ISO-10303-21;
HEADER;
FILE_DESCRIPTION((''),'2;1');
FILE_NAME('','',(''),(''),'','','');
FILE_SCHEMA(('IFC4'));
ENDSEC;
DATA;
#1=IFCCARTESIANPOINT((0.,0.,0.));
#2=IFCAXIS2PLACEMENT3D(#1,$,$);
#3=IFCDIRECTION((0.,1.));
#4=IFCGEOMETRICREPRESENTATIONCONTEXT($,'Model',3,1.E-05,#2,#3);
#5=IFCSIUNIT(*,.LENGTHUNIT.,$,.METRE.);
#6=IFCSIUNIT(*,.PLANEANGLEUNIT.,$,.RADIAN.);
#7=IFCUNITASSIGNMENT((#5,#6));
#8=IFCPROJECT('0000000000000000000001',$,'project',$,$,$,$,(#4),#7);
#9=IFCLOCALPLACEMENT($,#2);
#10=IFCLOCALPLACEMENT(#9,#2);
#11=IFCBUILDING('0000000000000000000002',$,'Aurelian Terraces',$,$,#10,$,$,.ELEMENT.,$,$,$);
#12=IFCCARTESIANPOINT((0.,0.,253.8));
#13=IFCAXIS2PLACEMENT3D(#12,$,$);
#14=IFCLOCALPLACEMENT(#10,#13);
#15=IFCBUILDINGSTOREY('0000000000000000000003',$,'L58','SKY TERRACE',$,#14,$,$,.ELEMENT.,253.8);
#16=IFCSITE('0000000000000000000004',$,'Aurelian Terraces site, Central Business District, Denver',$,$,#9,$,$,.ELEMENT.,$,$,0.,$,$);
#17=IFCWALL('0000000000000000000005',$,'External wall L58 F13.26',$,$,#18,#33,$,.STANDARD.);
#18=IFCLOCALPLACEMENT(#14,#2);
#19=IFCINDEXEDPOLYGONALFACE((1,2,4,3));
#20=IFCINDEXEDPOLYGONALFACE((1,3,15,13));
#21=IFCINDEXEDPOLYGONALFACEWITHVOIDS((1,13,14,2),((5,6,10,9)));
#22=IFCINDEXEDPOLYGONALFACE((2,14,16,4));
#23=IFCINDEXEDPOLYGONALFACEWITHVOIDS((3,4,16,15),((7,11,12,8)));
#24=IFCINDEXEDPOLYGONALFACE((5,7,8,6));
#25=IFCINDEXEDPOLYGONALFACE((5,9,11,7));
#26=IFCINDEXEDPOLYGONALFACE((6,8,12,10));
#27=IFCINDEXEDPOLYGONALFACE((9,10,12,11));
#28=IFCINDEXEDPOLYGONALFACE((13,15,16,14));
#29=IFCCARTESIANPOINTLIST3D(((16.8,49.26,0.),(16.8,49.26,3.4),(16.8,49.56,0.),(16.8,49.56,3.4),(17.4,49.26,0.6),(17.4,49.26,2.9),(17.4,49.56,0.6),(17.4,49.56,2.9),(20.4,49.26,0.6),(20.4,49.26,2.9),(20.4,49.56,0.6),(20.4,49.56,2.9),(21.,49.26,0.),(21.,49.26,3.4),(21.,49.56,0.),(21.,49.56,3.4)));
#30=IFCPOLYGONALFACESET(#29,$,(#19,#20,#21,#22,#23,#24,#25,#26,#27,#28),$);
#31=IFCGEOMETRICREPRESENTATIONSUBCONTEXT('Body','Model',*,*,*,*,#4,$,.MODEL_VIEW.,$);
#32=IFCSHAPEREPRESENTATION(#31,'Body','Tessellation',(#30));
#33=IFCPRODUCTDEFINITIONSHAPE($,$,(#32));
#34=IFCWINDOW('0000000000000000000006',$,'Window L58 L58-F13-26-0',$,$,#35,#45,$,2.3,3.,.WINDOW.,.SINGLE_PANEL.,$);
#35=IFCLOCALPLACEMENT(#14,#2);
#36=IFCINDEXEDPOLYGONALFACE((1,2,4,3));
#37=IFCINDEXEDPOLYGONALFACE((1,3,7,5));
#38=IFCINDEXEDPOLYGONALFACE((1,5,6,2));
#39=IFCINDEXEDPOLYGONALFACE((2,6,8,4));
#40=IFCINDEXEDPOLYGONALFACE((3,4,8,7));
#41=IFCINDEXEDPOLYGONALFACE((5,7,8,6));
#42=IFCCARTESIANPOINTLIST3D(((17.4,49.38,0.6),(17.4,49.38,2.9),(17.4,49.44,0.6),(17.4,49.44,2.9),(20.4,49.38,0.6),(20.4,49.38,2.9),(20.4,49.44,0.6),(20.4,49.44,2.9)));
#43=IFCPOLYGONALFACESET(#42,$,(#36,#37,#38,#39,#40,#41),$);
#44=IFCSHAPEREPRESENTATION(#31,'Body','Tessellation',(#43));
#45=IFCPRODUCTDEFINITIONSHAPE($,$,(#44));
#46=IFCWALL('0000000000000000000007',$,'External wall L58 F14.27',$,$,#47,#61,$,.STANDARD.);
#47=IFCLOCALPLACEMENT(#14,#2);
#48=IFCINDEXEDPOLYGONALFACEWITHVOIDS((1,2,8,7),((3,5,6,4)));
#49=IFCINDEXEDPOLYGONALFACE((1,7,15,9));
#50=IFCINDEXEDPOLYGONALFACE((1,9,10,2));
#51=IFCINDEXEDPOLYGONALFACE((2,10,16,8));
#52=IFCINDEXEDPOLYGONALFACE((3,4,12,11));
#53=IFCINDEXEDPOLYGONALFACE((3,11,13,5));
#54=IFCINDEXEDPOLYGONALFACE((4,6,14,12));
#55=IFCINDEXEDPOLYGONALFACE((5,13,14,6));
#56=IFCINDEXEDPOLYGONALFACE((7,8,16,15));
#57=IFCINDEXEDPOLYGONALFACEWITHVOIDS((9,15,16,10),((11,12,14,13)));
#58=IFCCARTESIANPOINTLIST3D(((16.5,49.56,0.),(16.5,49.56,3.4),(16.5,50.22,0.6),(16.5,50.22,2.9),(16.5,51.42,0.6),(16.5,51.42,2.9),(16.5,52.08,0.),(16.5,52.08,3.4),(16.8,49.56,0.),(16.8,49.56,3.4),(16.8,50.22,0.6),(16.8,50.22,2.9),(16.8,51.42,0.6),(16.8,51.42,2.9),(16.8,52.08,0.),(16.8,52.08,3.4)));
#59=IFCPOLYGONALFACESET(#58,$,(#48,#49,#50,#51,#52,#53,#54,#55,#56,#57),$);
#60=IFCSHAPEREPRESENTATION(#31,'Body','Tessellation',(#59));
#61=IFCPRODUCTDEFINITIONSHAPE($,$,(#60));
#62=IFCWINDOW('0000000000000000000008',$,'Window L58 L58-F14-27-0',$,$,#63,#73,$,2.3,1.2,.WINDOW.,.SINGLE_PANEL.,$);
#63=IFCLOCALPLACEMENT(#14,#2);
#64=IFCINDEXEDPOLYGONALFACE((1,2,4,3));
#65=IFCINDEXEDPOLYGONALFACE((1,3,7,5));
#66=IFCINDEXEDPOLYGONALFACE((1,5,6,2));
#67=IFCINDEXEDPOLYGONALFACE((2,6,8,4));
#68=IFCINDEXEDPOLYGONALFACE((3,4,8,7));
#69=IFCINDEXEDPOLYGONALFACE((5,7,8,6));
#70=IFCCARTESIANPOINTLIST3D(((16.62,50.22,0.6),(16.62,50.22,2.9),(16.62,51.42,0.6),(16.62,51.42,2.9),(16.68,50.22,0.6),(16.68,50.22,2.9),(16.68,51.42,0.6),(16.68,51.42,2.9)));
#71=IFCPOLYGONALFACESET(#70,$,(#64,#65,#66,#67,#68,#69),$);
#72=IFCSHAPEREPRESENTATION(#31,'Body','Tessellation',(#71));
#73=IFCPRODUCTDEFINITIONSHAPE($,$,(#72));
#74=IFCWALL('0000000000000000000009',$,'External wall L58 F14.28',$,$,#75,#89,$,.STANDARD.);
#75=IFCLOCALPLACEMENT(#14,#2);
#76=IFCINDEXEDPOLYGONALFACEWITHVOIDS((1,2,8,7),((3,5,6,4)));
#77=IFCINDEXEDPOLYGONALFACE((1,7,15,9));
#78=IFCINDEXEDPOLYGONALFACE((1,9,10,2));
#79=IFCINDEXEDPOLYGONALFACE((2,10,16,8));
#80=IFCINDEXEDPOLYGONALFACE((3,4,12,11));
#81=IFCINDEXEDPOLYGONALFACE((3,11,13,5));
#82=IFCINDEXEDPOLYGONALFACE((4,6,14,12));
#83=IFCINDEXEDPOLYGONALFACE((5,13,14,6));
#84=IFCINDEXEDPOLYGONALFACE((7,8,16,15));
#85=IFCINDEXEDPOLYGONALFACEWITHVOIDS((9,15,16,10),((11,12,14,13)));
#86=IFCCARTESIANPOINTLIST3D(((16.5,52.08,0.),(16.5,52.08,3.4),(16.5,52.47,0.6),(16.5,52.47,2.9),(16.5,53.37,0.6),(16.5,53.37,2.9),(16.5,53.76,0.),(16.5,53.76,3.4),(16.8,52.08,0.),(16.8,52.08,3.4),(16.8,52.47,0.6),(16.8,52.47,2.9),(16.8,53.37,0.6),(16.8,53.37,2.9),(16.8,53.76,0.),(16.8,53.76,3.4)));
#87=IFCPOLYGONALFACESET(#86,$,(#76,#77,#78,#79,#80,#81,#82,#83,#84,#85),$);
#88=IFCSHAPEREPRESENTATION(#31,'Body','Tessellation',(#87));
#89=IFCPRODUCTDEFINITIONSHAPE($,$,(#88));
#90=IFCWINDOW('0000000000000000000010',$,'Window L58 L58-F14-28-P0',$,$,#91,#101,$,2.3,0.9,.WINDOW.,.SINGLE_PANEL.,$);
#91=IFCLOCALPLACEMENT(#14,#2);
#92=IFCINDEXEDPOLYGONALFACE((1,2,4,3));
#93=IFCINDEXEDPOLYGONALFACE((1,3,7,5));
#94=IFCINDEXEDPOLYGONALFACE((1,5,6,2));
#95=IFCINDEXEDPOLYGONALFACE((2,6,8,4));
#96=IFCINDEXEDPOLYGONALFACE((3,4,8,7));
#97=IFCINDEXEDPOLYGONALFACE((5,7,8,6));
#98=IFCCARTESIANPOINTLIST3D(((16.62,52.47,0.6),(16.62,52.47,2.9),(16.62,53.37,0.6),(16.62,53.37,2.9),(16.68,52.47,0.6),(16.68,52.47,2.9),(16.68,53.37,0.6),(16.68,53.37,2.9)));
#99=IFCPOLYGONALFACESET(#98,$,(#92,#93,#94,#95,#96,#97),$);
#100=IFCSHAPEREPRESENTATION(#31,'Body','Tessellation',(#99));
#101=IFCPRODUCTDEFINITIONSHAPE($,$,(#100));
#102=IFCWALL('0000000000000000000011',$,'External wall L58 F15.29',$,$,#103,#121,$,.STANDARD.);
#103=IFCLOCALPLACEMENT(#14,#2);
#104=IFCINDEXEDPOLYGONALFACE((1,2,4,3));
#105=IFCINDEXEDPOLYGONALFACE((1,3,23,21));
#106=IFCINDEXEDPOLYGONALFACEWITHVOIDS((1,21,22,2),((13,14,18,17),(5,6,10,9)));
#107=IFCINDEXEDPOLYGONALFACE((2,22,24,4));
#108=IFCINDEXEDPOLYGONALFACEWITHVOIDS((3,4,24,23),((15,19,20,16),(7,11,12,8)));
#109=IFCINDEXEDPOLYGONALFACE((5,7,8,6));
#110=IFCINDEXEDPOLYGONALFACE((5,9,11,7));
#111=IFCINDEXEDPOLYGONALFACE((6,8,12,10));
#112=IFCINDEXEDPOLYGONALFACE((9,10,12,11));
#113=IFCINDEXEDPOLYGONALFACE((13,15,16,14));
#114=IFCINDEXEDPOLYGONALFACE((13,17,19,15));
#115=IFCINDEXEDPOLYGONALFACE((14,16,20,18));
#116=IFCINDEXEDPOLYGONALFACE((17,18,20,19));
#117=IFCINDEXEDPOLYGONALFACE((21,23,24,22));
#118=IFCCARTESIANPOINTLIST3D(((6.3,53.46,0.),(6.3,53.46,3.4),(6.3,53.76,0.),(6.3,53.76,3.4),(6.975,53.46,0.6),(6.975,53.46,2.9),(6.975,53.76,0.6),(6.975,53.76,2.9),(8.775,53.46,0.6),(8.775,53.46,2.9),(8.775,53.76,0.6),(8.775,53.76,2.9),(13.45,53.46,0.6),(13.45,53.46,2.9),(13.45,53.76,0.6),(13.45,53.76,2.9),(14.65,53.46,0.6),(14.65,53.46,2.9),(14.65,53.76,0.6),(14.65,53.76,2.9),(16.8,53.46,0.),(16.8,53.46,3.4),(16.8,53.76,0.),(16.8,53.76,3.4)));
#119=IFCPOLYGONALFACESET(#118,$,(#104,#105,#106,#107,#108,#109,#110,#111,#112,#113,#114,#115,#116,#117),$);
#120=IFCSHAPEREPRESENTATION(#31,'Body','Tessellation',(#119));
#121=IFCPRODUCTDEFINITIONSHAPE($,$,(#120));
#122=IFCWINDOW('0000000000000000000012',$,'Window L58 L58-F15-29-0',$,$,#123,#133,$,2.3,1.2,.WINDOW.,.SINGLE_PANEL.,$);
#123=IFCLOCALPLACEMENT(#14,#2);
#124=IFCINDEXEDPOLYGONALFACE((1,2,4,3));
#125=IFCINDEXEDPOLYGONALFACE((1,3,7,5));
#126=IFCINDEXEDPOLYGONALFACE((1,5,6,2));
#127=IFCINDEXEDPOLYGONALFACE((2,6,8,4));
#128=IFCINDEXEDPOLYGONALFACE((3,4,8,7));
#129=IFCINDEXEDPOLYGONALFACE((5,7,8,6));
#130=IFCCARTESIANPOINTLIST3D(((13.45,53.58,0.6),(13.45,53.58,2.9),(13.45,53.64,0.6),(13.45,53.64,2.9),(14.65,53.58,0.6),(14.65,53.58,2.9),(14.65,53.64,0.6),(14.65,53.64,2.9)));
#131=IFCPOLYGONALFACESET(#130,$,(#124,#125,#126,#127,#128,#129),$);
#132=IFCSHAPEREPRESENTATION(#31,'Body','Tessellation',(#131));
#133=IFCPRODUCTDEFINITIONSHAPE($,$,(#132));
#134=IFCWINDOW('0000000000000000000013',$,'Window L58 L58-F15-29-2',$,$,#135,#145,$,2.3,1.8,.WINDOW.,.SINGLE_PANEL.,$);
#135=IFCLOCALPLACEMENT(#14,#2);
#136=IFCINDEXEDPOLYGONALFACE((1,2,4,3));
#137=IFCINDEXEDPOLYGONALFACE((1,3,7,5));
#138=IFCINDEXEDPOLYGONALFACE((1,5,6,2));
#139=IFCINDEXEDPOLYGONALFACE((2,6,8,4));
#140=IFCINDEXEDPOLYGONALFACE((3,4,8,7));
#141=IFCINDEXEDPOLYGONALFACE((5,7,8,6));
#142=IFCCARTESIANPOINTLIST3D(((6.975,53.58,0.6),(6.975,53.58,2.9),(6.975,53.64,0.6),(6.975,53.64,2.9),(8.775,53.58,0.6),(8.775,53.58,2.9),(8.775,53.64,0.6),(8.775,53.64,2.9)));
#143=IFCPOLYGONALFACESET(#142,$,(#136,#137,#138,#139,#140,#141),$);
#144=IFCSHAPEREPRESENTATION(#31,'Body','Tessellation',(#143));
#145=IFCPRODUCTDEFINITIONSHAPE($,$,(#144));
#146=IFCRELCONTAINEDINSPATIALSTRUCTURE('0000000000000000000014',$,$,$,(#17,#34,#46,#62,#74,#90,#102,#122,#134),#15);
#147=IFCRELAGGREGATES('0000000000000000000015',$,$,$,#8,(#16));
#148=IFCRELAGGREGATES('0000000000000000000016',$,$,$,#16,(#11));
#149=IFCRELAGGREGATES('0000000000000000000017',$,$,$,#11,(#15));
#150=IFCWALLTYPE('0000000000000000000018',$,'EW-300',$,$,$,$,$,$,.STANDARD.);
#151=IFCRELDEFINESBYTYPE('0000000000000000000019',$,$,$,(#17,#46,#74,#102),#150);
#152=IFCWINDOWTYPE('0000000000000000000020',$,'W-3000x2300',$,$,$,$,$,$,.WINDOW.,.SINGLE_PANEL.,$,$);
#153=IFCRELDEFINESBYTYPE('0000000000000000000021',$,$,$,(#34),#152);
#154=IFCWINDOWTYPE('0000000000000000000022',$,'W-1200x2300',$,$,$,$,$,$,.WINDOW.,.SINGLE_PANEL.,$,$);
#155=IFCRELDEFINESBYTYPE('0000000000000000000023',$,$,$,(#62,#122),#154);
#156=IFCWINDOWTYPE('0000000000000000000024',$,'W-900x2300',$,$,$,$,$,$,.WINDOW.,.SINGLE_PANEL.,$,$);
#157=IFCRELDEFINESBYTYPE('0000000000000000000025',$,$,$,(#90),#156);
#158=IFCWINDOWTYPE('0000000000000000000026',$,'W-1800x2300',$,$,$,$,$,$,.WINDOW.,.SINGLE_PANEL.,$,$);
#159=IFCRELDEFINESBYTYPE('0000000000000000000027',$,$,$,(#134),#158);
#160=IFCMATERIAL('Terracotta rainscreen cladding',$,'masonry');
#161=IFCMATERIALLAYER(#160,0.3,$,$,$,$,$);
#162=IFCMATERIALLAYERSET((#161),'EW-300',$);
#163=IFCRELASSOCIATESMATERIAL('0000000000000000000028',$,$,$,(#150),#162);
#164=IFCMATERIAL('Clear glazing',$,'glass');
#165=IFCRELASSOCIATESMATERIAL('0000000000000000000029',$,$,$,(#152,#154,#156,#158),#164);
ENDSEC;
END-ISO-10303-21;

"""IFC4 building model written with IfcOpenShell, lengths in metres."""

from ifc_helpers import new_model, si_unit, direction, frame, frame_2d, origin, place, context, subcontext, project, spatial, rectangle, extrude, source, transform, mapped, material, layer, layer_set, type_object, element, fill, save


model = new_model("IFC4")

# Units and contexts
model_context = context("Model", 3, precision=1e-05, world=origin(), true_north=direction((0.0, 1.0)))
body_context = subcontext(model_context, "Body", "Model", "MODEL_VIEW")
ifc_project = project(units=[si_unit("LENGTHUNIT", "METRE"), si_unit("PLANEANGLEUNIT", "RADIAN")], contexts=[model_context])

# Site, building, storey
site_placement = place(None, origin())
site = spatial("IfcSite", under=ifc_project, at=site_placement, Name="Aurelian Terraces site, Central Business District, Denver", CompositionType="ELEMENT", RefElevation=0.0)
building_placement = place(site_placement, origin())
building = spatial("IfcBuilding", under=site, at=building_placement, Name="Aurelian Terraces", CompositionType="ELEMENT")
storey_placement = place(building_placement, frame((0.0, 0.0, 253.8)))
storey = spatial("IfcBuildingStorey", under=building, at=storey_placement, Name="L58", Description="SKY TERRACE", CompositionType="ELEMENT", Elevation=253.8)

# Walls, openings, windows
ifc_material_1 = material(Name="Terracotta rainscreen cladding", Category="masonry")
ifc_layer_1 = layer(ifc_material_1, 0.3)
ifc_layer_set_1 = layer_set([ifc_layer_1], Name="EW-300")
wall_type_1 = type_object("IfcWallType", Name="EW-300", PredefinedType="STANDARD", material=ifc_layer_set_1)
shared_shape_1 = source(origin(), body_context, "Body", "SweptSolid", [
    extrude(rectangle(XDim=4.2, YDim=0.3, at=frame_2d((2.1, 0.0))), origin(), (0.0, 0.0, 1.0), 3.4),
])
wall_1_placement = place(storey_placement, frame((21.0, 49.41, 0.0), z_axis=(0.0, 0.0, 1.0), x_axis=(-1.0, 0.0, 0.0)))
wall_1 = element("IfcWall", 1, at=wall_1_placement, inside=storey, type_object=wall_type_1, Name="External wall L58 F13.26", PredefinedType="STANDARD", context=body_context, shape_type="MappedRepresentation", body=[
    mapped(shared_shape_1, transform((0.0, 0.0, 0.0), scale=1.0)),
])
shared_shape_2 = source(origin(), body_context, "Body", "SweptSolid", [
    extrude(rectangle(XDim=3.0, YDim=2.3, at=frame_2d((1.5, 1.15))), frame((0.0, 0.16, 0.0), z_axis=(0.0, -1.0, 0.0), x_axis=(1.0, 0.0, 0.0)), (0.0, 0.0, 1.0), 0.32),
])
opening_1_placement = place(wall_1_placement, frame((0.6, 0.0, 0.6)))
opening_1 = element("IfcOpeningElement", 2, at=opening_1_placement, cuts=wall_1, PredefinedType="OPENING", context=body_context, shape_type="MappedRepresentation", body=[
    mapped(shared_shape_2, transform((0.0, 0.0, 0.0), scale=1.0)),
])
ifc_material_2 = material(Name="Clear glazing", Category="glass")
window_type_1 = type_object("IfcWindowType", Name="W-3000x2300", PartitioningType="SINGLE_PANEL", PredefinedType="WINDOW", material=ifc_material_2)
shared_shape_3 = source(origin(), body_context, "Body", "SweptSolid", [
    extrude(rectangle(XDim=3.0, YDim=2.3, at=frame_2d((1.5, 1.15))), frame((0.0, 0.03, 0.0), z_axis=(0.0, -1.0, 0.0), x_axis=(1.0, 0.0, 0.0)), (0.0, 0.0, 1.0), 0.06),
])
window_1_placement = place(opening_1_placement, origin())
window_1 = element("IfcWindow", 3, at=window_1_placement, inside=storey, type_object=window_type_1, Name="Window L58 L58-F13-26-0", OverallHeight=2.3, OverallWidth=3.0, PartitioningType="SINGLE_PANEL", PredefinedType="WINDOW", context=body_context, shape_type="MappedRepresentation", body=[
    mapped(shared_shape_3, transform((0.0, 0.0, 0.0), scale=1.0)),
])
fill(opening_1, window_1)
shared_shape_4 = source(origin(), body_context, "Body", "SweptSolid", [
    extrude(rectangle(XDim=2.52, YDim=0.3, at=frame_2d((1.26, 0.0))), origin(), (0.0, 0.0, 1.0), 3.4),
])
wall_2_placement = place(storey_placement, frame((16.65, 49.56, 0.0), z_axis=(0.0, 0.0, 1.0), x_axis=(0.0, 1.0, 0.0)))
wall_2 = element("IfcWall", 4, at=wall_2_placement, inside=storey, type_object=wall_type_1, Name="External wall L58 F14.27", PredefinedType="STANDARD", context=body_context, shape_type="MappedRepresentation", body=[
    mapped(shared_shape_4, transform((0.0, 0.0, 0.0), scale=1.0)),
])
shared_shape_5 = source(origin(), body_context, "Body", "SweptSolid", [
    extrude(rectangle(XDim=1.2, YDim=2.3, at=frame_2d((0.6, 1.15))), frame((0.0, 0.16, 0.0), z_axis=(0.0, -1.0, 0.0), x_axis=(1.0, 0.0, 0.0)), (0.0, 0.0, 1.0), 0.32),
])
opening_2_placement = place(wall_2_placement, frame((0.66, 0.0, 0.6)))
opening_2 = element("IfcOpeningElement", 5, at=opening_2_placement, cuts=wall_2, PredefinedType="OPENING", context=body_context, shape_type="MappedRepresentation", body=[
    mapped(shared_shape_5, transform((0.0, 0.0, 0.0), scale=1.0)),
])
window_type_2 = type_object("IfcWindowType", Name="W-1200x2300", PartitioningType="SINGLE_PANEL", PredefinedType="WINDOW", material=ifc_material_2)
shared_shape_6 = source(origin(), body_context, "Body", "SweptSolid", [
    extrude(rectangle(XDim=1.2, YDim=2.3, at=frame_2d((0.6, 1.15))), frame((0.0, 0.03, 0.0), z_axis=(0.0, -1.0, 0.0), x_axis=(1.0, 0.0, 0.0)), (0.0, 0.0, 1.0), 0.06),
])
window_2_placement = place(opening_2_placement, origin())
window_2 = element("IfcWindow", 6, at=window_2_placement, inside=storey, type_object=window_type_2, Name="Window L58 L58-F14-27-0", OverallHeight=2.3, OverallWidth=1.2, PartitioningType="SINGLE_PANEL", PredefinedType="WINDOW", context=body_context, shape_type="MappedRepresentation", body=[
    mapped(shared_shape_6, transform((0.0, 0.0, 0.0), scale=1.0)),
])
fill(opening_2, window_2)
shared_shape_7 = source(origin(), body_context, "Body", "SweptSolid", [
    extrude(rectangle(XDim=1.68, YDim=0.3, at=frame_2d((0.84, 0.0))), origin(), (0.0, 0.0, 1.0), 3.4),
])
wall_3_placement = place(storey_placement, frame((16.65, 52.08, 0.0), z_axis=(0.0, 0.0, 1.0), x_axis=(0.0, 1.0, 0.0)))
wall_3 = element("IfcWall", 7, at=wall_3_placement, inside=storey, type_object=wall_type_1, Name="External wall L58 F14.28", PredefinedType="STANDARD", context=body_context, shape_type="MappedRepresentation", body=[
    mapped(shared_shape_7, transform((0.0, 0.0, 0.0), scale=1.0)),
])
shared_shape_8 = source(origin(), body_context, "Body", "SweptSolid", [
    extrude(rectangle(XDim=0.9, YDim=2.3, at=frame_2d((0.45, 1.15))), frame((0.0, 0.16, 0.0), z_axis=(0.0, -1.0, 0.0), x_axis=(1.0, 0.0, 0.0)), (0.0, 0.0, 1.0), 0.32),
])
opening_3_placement = place(wall_3_placement, frame((0.39, 0.0, 0.6)))
opening_3 = element("IfcOpeningElement", 8, at=opening_3_placement, cuts=wall_3, PredefinedType="OPENING", context=body_context, shape_type="MappedRepresentation", body=[
    mapped(shared_shape_8, transform((0.0, 0.0, 0.0), scale=1.0)),
])
window_type_3 = type_object("IfcWindowType", Name="W-900x2300", PartitioningType="SINGLE_PANEL", PredefinedType="WINDOW", material=ifc_material_2)
shared_shape_9 = source(origin(), body_context, "Body", "SweptSolid", [
    extrude(rectangle(XDim=0.9, YDim=2.3, at=frame_2d((0.45, 1.15))), frame((0.0, 0.03, 0.0), z_axis=(0.0, -1.0, 0.0), x_axis=(1.0, 0.0, 0.0)), (0.0, 0.0, 1.0), 0.06),
])
window_3_placement = place(opening_3_placement, origin())
window_3 = element("IfcWindow", 9, at=window_3_placement, inside=storey, type_object=window_type_3, Name="Window L58 L58-F14-28-P0", OverallHeight=2.3, OverallWidth=0.9, PartitioningType="SINGLE_PANEL", PredefinedType="WINDOW", context=body_context, shape_type="MappedRepresentation", body=[
    mapped(shared_shape_9, transform((0.0, 0.0, 0.0), scale=1.0)),
])
fill(opening_3, window_3)

# Wall, openings, windows
shared_shape_10 = source(origin(), body_context, "Body", "SweptSolid", [
    extrude(rectangle(XDim=10.5, YDim=0.3, at=frame_2d((5.25, 0.0))), origin(), (0.0, 0.0, 1.0), 3.4),
])
wall_4_placement = place(storey_placement, frame((16.8, 53.61, 0.0), z_axis=(0.0, 0.0, 1.0), x_axis=(-1.0, 0.0, 0.0)))
wall_4 = element("IfcWall", 10, at=wall_4_placement, inside=storey, type_object=wall_type_1, Name="External wall L58 F15.29", PredefinedType="STANDARD", context=body_context, shape_type="MappedRepresentation", body=[
    mapped(shared_shape_10, transform((0.0, 0.0, 0.0), scale=1.0)),
])
opening_4_placement = place(wall_4_placement, frame((2.15, 0.0, 0.6)))
opening_4 = element("IfcOpeningElement", 11, at=opening_4_placement, cuts=wall_4, PredefinedType="OPENING", context=body_context, shape_type="MappedRepresentation", body=[
    mapped(shared_shape_5, transform((0.0, 0.0, 0.0), scale=1.0)),
])
shared_shape_11 = source(origin(), body_context, "Body", "SweptSolid", [
    extrude(rectangle(XDim=1.8, YDim=2.3, at=frame_2d((0.9, 1.15))), frame((0.0, 0.16, 0.0), z_axis=(0.0, -1.0, 0.0), x_axis=(1.0, 0.0, 0.0)), (0.0, 0.0, 1.0), 0.32),
])
opening_5_placement = place(wall_4_placement, frame((8.025, 0.0, 0.6)))
opening_5 = element("IfcOpeningElement", 12, at=opening_5_placement, cuts=wall_4, PredefinedType="OPENING", context=body_context, shape_type="MappedRepresentation", body=[
    mapped(shared_shape_11, transform((0.0, 0.0, 0.0), scale=1.0)),
])
window_4_placement = place(opening_4_placement, origin())
window_4 = element("IfcWindow", 13, at=window_4_placement, inside=storey, type_object=window_type_2, Name="Window L58 L58-F15-29-0", OverallHeight=2.3, OverallWidth=1.2, PartitioningType="SINGLE_PANEL", PredefinedType="WINDOW", context=body_context, shape_type="MappedRepresentation", body=[
    mapped(shared_shape_6, transform((0.0, 0.0, 0.0), scale=1.0)),
])
fill(opening_4, window_4)
window_type_4 = type_object("IfcWindowType", Name="W-1800x2300", PartitioningType="SINGLE_PANEL", PredefinedType="WINDOW", material=ifc_material_2)
shared_shape_12 = source(origin(), body_context, "Body", "SweptSolid", [
    extrude(rectangle(XDim=1.8, YDim=2.3, at=frame_2d((0.9, 1.15))), frame((0.0, 0.03, 0.0), z_axis=(0.0, -1.0, 0.0), x_axis=(1.0, 0.0, 0.0)), (0.0, 0.0, 1.0), 0.06),
])
window_5_placement = place(opening_5_placement, origin())
window_5 = element("IfcWindow", 14, at=window_5_placement, inside=storey, type_object=window_type_4, Name="Window L58 L58-F15-29-2", OverallHeight=2.3, OverallWidth=1.8, PartitioningType="SINGLE_PANEL", PredefinedType="WINDOW", context=body_context, shape_type="MappedRepresentation", body=[
    mapped(shared_shape_12, transform((0.0, 0.0, 0.0), scale=1.0)),
])
fill(opening_5, window_5)

save(model, "model.ifc")
